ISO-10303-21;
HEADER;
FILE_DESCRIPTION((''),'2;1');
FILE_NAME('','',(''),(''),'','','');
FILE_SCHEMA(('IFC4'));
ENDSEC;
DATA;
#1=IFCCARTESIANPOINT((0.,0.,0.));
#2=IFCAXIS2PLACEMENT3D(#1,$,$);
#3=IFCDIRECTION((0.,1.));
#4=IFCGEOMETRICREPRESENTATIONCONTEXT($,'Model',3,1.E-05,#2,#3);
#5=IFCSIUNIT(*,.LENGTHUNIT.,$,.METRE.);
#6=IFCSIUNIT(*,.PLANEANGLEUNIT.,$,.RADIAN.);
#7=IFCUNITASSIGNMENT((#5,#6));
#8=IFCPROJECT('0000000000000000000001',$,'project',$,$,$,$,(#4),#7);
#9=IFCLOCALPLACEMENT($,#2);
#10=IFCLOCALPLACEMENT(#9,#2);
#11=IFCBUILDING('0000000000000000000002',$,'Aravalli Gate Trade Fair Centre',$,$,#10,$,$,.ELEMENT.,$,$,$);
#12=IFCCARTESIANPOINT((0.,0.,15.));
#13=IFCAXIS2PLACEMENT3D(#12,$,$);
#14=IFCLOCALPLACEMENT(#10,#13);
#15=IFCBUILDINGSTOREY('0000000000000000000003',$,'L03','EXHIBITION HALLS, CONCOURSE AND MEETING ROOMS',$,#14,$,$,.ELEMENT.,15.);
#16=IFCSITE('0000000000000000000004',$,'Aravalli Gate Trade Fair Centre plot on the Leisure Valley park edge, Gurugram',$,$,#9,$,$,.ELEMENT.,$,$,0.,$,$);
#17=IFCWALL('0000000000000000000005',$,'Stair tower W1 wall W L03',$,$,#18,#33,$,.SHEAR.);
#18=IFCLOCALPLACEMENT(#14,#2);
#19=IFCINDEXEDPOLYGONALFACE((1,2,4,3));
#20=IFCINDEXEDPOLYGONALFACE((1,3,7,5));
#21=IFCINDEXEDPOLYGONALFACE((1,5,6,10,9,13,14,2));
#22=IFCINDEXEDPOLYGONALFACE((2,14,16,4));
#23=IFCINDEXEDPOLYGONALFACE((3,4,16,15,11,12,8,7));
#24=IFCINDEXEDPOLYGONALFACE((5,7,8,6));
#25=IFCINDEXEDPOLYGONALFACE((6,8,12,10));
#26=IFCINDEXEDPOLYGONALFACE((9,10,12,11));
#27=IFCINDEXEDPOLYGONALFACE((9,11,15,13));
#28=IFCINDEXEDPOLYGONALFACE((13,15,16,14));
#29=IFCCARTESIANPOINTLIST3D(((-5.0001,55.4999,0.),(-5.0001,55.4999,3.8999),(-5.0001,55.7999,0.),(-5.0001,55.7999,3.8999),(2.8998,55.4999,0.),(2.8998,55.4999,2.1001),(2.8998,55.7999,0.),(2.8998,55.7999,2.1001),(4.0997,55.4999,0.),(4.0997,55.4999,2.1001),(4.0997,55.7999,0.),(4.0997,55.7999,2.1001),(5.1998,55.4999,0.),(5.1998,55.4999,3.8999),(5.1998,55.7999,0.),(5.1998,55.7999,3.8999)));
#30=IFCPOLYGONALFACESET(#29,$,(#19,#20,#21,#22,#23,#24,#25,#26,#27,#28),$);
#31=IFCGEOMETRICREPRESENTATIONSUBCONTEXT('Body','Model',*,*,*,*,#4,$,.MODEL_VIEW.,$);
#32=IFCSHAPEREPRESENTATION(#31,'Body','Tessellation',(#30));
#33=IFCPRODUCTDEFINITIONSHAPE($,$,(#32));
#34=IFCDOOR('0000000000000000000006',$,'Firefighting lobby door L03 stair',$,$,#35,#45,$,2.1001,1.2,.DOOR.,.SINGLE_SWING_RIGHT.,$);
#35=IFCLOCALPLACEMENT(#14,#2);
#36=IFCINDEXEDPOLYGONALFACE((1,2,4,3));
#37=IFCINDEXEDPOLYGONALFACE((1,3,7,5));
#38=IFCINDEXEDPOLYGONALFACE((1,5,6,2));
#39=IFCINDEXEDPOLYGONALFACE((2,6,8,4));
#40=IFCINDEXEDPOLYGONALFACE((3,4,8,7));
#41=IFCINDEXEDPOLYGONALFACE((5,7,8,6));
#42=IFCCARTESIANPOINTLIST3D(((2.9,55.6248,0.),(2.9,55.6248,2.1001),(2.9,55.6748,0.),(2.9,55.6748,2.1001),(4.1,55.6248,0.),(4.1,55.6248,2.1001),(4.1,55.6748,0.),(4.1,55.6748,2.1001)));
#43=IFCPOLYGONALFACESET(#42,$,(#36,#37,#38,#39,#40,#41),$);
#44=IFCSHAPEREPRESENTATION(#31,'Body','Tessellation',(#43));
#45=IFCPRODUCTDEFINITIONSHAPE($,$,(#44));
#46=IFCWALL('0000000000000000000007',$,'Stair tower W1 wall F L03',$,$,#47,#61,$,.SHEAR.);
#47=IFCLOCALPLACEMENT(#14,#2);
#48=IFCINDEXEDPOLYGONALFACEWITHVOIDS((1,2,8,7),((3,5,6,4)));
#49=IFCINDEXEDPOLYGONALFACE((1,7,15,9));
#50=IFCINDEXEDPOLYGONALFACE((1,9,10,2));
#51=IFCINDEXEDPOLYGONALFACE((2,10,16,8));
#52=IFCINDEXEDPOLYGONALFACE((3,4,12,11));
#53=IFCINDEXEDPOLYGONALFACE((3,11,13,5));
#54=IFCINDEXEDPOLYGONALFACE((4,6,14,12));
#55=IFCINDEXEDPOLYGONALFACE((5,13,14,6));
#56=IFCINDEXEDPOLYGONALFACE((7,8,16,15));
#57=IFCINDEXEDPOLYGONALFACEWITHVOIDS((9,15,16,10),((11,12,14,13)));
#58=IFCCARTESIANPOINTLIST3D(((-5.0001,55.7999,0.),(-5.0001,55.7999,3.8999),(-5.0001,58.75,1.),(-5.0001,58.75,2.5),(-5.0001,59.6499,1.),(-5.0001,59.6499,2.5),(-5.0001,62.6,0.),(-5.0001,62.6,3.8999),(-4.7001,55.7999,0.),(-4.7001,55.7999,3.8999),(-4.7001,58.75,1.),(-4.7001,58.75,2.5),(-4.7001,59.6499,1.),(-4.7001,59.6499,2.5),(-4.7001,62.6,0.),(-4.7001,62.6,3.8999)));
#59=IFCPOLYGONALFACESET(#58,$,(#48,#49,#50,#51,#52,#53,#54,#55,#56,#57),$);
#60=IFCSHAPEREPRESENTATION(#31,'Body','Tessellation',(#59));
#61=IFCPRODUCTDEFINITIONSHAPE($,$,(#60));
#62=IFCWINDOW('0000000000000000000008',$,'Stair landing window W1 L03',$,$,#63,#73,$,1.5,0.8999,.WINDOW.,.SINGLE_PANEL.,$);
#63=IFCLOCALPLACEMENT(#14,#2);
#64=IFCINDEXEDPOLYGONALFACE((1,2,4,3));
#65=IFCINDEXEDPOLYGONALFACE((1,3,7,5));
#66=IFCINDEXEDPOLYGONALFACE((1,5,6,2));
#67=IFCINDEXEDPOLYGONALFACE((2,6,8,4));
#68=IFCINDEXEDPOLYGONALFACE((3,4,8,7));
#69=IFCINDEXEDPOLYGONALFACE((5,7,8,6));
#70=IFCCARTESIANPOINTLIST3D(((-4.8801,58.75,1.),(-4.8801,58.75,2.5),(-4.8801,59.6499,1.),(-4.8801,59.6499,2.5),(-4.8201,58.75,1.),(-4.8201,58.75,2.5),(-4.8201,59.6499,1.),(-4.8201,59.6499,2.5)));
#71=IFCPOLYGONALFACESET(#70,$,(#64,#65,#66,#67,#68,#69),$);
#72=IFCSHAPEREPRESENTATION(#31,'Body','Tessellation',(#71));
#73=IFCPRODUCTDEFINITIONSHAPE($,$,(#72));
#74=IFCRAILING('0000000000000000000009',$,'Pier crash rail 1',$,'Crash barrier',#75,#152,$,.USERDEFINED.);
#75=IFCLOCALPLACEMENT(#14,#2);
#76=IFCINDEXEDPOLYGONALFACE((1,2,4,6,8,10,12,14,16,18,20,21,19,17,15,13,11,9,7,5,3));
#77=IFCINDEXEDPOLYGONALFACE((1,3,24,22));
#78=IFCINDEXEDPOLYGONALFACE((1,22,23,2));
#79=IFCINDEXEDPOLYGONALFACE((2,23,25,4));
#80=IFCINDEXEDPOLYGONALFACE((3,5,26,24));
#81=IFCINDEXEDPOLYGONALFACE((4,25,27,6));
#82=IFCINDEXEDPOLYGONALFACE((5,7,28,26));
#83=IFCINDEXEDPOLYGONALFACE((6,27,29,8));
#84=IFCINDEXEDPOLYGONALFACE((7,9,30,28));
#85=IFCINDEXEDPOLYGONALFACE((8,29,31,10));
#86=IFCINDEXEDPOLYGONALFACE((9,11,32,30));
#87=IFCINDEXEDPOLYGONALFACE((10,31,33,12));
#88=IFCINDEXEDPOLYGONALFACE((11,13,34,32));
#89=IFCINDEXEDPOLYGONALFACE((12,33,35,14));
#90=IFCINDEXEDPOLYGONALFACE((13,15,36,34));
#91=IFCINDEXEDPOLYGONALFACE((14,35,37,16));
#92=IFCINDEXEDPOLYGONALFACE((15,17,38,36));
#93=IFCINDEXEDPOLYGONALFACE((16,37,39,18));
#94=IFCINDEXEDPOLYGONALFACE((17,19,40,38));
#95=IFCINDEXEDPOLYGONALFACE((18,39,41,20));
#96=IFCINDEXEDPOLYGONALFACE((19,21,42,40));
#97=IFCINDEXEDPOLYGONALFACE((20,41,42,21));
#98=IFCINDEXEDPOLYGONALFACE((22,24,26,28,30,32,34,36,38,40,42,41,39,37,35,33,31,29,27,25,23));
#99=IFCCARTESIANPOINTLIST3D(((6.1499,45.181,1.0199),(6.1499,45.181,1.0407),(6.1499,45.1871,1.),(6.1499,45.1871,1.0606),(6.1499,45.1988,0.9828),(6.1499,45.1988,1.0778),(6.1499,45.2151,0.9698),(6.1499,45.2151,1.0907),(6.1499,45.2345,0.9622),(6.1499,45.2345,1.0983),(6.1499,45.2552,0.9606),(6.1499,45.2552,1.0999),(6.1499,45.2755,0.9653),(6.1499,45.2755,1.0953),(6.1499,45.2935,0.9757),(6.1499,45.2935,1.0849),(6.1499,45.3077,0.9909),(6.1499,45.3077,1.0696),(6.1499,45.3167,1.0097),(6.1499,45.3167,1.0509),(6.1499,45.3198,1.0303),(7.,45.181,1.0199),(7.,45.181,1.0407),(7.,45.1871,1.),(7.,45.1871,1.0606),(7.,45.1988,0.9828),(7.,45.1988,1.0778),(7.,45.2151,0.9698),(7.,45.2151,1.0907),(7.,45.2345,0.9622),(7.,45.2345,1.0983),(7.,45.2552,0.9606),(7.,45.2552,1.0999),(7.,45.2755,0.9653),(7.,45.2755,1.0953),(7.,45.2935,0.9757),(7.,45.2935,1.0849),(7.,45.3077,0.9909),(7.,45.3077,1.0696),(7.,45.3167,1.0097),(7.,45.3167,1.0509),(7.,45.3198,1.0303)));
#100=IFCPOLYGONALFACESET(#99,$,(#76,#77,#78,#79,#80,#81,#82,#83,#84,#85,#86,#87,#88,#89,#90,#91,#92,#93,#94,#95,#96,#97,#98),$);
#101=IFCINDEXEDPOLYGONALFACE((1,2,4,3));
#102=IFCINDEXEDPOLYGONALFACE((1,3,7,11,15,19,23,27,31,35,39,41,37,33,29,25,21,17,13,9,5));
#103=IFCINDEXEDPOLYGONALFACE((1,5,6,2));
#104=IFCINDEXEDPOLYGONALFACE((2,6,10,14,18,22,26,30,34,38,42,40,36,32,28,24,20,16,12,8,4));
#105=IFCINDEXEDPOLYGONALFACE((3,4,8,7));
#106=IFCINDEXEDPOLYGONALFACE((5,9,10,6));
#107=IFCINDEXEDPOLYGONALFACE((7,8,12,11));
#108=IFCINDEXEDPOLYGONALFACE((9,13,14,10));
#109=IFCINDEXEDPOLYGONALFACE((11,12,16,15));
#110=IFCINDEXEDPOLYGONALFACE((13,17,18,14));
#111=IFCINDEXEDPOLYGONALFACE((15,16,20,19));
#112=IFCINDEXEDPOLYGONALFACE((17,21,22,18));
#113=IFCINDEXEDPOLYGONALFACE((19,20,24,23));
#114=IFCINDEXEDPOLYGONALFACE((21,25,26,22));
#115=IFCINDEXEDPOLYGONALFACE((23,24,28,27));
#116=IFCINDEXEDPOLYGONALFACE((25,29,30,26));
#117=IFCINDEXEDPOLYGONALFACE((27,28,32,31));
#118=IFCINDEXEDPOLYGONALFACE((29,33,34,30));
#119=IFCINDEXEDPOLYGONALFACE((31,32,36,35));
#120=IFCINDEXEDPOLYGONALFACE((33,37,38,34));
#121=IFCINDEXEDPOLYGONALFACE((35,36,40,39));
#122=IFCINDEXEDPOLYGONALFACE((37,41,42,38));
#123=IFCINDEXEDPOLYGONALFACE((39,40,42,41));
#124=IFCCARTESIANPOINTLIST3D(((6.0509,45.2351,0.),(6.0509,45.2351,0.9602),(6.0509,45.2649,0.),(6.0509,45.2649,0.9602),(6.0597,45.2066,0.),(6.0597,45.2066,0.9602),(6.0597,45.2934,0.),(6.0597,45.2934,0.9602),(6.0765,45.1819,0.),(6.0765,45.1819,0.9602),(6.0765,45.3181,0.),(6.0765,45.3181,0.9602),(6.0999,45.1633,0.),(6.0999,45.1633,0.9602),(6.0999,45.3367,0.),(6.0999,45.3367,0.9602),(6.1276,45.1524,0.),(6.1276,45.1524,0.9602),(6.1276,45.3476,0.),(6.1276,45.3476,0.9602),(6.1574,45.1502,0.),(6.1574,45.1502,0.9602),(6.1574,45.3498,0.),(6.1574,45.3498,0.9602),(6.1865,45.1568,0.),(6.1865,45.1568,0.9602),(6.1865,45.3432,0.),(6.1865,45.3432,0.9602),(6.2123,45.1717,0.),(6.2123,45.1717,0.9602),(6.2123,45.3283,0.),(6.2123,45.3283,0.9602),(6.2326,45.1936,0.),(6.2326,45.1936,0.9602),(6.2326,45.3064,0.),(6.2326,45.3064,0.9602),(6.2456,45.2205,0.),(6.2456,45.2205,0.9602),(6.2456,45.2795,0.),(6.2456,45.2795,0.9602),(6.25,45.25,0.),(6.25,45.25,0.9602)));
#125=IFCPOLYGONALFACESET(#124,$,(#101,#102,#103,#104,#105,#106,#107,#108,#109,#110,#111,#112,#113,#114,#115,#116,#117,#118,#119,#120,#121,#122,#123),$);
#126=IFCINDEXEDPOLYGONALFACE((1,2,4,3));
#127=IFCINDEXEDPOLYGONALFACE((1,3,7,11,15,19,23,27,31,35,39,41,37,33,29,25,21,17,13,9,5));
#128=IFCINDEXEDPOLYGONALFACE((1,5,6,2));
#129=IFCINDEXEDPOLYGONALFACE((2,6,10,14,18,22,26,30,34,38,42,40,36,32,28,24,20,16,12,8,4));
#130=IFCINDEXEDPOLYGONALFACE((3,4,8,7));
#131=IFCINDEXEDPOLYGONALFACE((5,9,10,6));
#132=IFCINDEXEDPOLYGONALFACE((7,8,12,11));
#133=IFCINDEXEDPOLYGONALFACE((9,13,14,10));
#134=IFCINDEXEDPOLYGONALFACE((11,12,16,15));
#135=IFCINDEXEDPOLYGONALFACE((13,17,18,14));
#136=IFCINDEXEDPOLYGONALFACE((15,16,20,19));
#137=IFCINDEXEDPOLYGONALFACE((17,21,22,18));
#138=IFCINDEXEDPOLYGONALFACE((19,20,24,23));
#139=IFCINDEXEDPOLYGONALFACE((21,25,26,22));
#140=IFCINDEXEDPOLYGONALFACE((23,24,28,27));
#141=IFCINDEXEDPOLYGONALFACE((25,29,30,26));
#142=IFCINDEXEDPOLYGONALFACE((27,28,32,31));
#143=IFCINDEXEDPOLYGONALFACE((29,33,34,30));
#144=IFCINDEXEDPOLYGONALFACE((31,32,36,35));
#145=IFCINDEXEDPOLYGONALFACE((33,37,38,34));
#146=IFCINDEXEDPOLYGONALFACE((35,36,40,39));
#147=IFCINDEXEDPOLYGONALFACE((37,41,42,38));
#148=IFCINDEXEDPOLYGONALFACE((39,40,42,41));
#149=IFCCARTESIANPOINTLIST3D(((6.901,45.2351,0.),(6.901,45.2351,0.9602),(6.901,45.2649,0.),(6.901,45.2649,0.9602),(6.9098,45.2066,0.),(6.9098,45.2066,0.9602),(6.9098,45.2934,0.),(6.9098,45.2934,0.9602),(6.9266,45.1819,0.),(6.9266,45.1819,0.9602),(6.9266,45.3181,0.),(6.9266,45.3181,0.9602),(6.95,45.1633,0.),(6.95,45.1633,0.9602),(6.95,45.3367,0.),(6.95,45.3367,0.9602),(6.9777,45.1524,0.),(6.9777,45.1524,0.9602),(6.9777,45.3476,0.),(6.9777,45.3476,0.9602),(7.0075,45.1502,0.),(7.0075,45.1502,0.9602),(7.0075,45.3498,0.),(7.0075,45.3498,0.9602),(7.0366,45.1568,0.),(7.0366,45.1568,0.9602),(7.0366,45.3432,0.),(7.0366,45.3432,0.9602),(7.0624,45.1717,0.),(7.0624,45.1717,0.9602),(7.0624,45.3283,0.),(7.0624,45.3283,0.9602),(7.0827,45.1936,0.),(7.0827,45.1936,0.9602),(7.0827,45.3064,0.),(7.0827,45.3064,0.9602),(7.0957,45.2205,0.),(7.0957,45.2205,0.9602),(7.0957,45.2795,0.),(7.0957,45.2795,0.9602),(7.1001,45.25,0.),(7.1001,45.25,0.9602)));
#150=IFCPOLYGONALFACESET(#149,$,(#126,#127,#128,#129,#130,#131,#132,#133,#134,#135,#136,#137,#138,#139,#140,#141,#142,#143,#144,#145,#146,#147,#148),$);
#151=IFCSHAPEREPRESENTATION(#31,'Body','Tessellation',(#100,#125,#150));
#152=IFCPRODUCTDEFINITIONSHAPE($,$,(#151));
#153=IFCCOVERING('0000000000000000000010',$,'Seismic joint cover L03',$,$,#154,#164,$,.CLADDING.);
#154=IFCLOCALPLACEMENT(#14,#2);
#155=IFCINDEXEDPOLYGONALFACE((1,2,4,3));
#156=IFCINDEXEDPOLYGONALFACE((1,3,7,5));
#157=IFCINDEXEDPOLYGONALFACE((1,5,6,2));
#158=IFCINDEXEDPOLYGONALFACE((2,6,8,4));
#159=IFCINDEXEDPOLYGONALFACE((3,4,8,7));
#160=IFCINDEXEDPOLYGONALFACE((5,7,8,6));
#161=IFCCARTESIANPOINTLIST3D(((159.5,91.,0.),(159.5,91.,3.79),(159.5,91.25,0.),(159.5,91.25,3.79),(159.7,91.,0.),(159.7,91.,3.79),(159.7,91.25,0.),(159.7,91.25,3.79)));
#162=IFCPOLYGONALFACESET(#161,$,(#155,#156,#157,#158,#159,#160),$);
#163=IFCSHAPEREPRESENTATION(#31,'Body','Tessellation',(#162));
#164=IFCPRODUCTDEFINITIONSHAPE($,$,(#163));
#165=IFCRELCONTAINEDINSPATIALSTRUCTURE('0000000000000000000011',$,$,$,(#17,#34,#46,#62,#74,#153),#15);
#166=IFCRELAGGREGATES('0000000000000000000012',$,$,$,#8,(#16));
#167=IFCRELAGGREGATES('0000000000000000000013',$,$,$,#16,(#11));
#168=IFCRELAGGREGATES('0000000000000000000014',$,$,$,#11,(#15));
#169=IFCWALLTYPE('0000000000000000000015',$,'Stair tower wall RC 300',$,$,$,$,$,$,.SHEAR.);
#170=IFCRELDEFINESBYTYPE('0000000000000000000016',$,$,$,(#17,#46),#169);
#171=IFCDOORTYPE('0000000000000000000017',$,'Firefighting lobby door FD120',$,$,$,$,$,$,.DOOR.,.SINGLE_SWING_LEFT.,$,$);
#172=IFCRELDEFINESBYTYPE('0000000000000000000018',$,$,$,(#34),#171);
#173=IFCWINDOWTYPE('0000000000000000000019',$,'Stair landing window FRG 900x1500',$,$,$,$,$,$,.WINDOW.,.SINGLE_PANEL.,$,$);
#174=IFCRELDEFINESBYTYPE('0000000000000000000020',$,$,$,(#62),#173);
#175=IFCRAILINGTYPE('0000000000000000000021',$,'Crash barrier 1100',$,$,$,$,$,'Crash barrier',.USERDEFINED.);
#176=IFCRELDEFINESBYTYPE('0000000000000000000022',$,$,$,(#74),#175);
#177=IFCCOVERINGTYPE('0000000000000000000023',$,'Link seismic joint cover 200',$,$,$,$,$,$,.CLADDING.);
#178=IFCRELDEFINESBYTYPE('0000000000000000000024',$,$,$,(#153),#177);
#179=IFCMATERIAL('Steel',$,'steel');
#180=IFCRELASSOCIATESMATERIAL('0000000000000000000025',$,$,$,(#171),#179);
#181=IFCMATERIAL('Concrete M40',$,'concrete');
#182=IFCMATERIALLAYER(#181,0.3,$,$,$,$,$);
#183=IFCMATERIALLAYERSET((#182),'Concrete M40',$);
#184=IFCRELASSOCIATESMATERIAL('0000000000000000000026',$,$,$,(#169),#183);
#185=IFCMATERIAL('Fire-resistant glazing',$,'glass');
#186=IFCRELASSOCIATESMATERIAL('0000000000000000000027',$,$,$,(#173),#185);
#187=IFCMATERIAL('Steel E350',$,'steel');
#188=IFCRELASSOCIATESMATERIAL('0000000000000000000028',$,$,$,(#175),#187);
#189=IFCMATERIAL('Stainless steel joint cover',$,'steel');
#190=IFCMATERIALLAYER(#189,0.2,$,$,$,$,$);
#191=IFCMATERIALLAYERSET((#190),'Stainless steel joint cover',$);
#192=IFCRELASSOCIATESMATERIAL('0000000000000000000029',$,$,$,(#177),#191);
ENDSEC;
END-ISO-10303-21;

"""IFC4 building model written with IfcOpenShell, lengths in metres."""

from ifc_helpers import new_model, si_unit, direction, frame, frame_2d, origin, origin_2d, place, context, subcontext, project, spatial, polyline, rectangle, circle, outline, extrude, material, layer, layer_set, type_object, element, fill, save


model = new_model("IFC4")

# Units and contexts
model_context = context("Model", 3, precision=1e-05, world=origin(), true_north=direction((0.0, 1.0)))
body_context = subcontext(model_context, "Body", "Model", "MODEL_VIEW")
ifc_project = project(units=[si_unit("LENGTHUNIT", "METRE"), si_unit("PLANEANGLEUNIT", "RADIAN")], contexts=[model_context])

# Site, building, storey
site_placement = place(None, origin())
site = spatial("IfcSite", under=ifc_project, at=site_placement, Name="Aravalli Gate Trade Fair Centre plot on the Leisure Valley park edge, Gurugram", CompositionType="ELEMENT", RefElevation=0.0)
building_placement = place(site_placement, origin())
building = spatial("IfcBuilding", under=site, at=building_placement, Name="Aravalli Gate Trade Fair Centre", CompositionType="ELEMENT")
storey_placement = place(building_placement, frame((0.0, 0.0, 15.0)))
storey = spatial("IfcBuildingStorey", under=building, at=storey_placement, Name="L03", Description="EXHIBITION HALLS, CONCOURSE AND MEETING ROOMS", CompositionType="ELEMENT", Elevation=15.0)

# Shared definitions
ifc_material_1 = material(Name="Concrete M40", Category="concrete")

# Shared definitions
ifc_material_2 = material(Name="Steel", Category="steel")

# Shared definitions
door_type_1 = type_object("IfcDoorType", Name="Firefighting lobby door FD120", OperationType="SINGLE_SWING_LEFT", PredefinedType="DOOR", material=ifc_material_2)

# Wall, opening, door
ifc_layer_1 = layer(ifc_material_1, 0.3)
ifc_layer_set_1 = layer_set([ifc_layer_1], Name="Concrete M40")
wall_type_1 = type_object("IfcWallType", Name="Stair tower wall RC 300", PredefinedType="SHEAR", material=ifc_layer_set_1)
wall_1_placement = place(storey_placement, frame((5.2, 55.6499, 0.0), z_axis=(0.0, 0.0, 1.0), x_axis=(-1.0, 0.0, 0.0)))
wall_1 = element("IfcWall", 1, at=wall_1_placement, inside=storey, type_object=wall_type_1, Name="Stair tower W1 wall W L03", PredefinedType="SHEAR", context=body_context, shape_type="SweptSolid", body=[
    extrude(rectangle(XDim=10.2, YDim=0.3, at=frame_2d((5.1001, 0.0))), origin(), (0.0, 0.0, 1.0), 3.8999),
])
opening_1_placement = place(wall_1_placement, frame((1.1001, 0.0, 0.0)))
opening_1 = element("IfcOpeningElement", 2, at=opening_1_placement, cuts=wall_1, PredefinedType="OPENING", context=body_context, shape_type="SweptSolid", body=[
    extrude(rectangle(XDim=1.2, YDim=2.1001, at=frame_2d((0.6001, 1.05))), frame((0.0, 0.1599, 0.0), z_axis=(0.0, -1.0, 0.0), x_axis=(1.0, 0.0, 0.0)), (0.0, 0.0, 1.0), 0.3201),
])
door_1_placement = place(opening_1_placement, frame((1.2, 0.0, 0.0), z_axis=(0.0, 0.0, 1.0), x_axis=(-1.0, 0.0, 0.0)))
door_1 = element("IfcDoor", 3, at=door_1_placement, inside=storey, type_object=door_type_1, Name="Firefighting lobby door L03 stair", OperationType="SINGLE_SWING_RIGHT", OverallHeight=2.1001, OverallWidth=1.2, PredefinedType="DOOR", context=body_context, shape_type="SweptSolid", body=[
    extrude(rectangle(XDim=1.2, YDim=2.1001, at=frame_2d((0.6001, 1.05))), frame((0.0, 0.0249, 0.0), z_axis=(0.0, -1.0, 0.0), x_axis=(1.0, 0.0, 0.0)), (0.0, 0.0, 1.0), 0.05),
])
fill(opening_1, door_1)

# Wall, opening, window
wall_2_placement = place(storey_placement, frame((-4.8501, 55.8, 0.0), z_axis=(0.0, 0.0, 1.0), x_axis=(0.0, 1.0, 0.0)))
wall_2 = element("IfcWall", 4, at=wall_2_placement, inside=storey, type_object=wall_type_1, Name="Stair tower W1 wall F L03", PredefinedType="SHEAR", context=body_context, shape_type="SweptSolid", body=[
    extrude(rectangle(XDim=6.8, YDim=0.3, at=frame_2d((3.3999, 0.0))), origin(), (0.0, 0.0, 1.0), 3.8999),
])
opening_2_placement = place(wall_2_placement, frame((2.95, 0.0, 1.0)))
opening_2 = element("IfcOpeningElement", 5, at=opening_2_placement, cuts=wall_2, PredefinedType="OPENING", context=body_context, shape_type="SweptSolid", body=[
    extrude(rectangle(XDim=0.8999, YDim=1.5, at=frame_2d((0.45, 0.75))), frame((0.0, 0.1599, 0.0), z_axis=(0.0, -1.0, 0.0), x_axis=(1.0, 0.0, 0.0)), (0.0, 0.0, 1.0), 0.3201),
])
ifc_material_3 = material(Name="Fire-resistant glazing", Category="glass")
window_type = type_object("IfcWindowType", Name="Stair landing window FRG 900x1500", PartitioningType="SINGLE_PANEL", PredefinedType="WINDOW", material=ifc_material_3)
window_placement = place(opening_2_placement, origin())
window = element("IfcWindow", 6, at=window_placement, inside=storey, type_object=window_type, Name="Stair landing window W1 L03", OverallHeight=1.5, OverallWidth=0.8999, PartitioningType="SINGLE_PANEL", PredefinedType="WINDOW", context=body_context, shape_type="SweptSolid", body=[
    extrude(rectangle(XDim=0.8999, YDim=1.5, at=frame_2d((0.45, 0.75))), frame((0.0, 0.03, 0.0), z_axis=(0.0, -1.0, 0.0), x_axis=(1.0, 0.0, 0.0)), (0.0, 0.0, 1.0), 0.0601),
])
fill(opening_2, window)

# Railing
ifc_material_4 = material(Name="Steel E350", Category="steel")
railing_type = type_object("IfcRailingType", Name="Crash barrier 1100", ElementType="Crash barrier", PredefinedType="USERDEFINED", material=ifc_material_4)
railing_1_placement = place(storey_placement, frame((6.1499, 45.25, 0.0)))
element("IfcRailing", 7, at=railing_1_placement, inside=storey, type_object=railing_type, Name="Pier crash rail 1", ObjectType="Crash barrier", PredefinedType="USERDEFINED", context=body_context, shape_type="SweptSolid", body=[
    extrude(circle(Radius=0.0698, at=origin_2d()), frame((0.0, 0.0, 1.0303), z_axis=(1.0, 0.0, 0.0), x_axis=(0.0, 1.0, 0.0)), (0.0, 0.0, 1.0), 0.8501),
    extrude(circle(Radius=0.1001, at=origin_2d()), origin(), (0.0, 0.0, 1.0), 0.9602),
    extrude(circle(Radius=0.1001, at=origin_2d()), frame((0.8501, 0.0, 0.0)), (0.0, 0.0, 1.0), 0.9602),
])

# Covering
ifc_material_5 = material(Name="Stainless steel joint cover", Category="steel")
ifc_layer_2 = layer(ifc_material_5, 0.2)
ifc_layer_set_2 = layer_set([ifc_layer_2], Name="Stainless steel joint cover")
covering_type = type_object("IfcCoveringType", Name="Link seismic joint cover 200", PredefinedType="CLADDING", material=ifc_layer_set_2)
covering_placement = place(storey_placement, origin())
element("IfcCovering", 8, at=covering_placement, inside=storey, type_object=covering_type, Name="Seismic joint cover L03", PredefinedType="CLADDING", context=body_context, shape_type="SweptSolid", body=[
    extrude(outline(polyline([(159.5, 91.0), (159.7, 91.0), (159.7, 91.25), (159.5, 91.25), (159.5, 91.0)])), origin(), (0.0, 0.0, 1.0), 3.79),
])

save(model, "model.ifc")
